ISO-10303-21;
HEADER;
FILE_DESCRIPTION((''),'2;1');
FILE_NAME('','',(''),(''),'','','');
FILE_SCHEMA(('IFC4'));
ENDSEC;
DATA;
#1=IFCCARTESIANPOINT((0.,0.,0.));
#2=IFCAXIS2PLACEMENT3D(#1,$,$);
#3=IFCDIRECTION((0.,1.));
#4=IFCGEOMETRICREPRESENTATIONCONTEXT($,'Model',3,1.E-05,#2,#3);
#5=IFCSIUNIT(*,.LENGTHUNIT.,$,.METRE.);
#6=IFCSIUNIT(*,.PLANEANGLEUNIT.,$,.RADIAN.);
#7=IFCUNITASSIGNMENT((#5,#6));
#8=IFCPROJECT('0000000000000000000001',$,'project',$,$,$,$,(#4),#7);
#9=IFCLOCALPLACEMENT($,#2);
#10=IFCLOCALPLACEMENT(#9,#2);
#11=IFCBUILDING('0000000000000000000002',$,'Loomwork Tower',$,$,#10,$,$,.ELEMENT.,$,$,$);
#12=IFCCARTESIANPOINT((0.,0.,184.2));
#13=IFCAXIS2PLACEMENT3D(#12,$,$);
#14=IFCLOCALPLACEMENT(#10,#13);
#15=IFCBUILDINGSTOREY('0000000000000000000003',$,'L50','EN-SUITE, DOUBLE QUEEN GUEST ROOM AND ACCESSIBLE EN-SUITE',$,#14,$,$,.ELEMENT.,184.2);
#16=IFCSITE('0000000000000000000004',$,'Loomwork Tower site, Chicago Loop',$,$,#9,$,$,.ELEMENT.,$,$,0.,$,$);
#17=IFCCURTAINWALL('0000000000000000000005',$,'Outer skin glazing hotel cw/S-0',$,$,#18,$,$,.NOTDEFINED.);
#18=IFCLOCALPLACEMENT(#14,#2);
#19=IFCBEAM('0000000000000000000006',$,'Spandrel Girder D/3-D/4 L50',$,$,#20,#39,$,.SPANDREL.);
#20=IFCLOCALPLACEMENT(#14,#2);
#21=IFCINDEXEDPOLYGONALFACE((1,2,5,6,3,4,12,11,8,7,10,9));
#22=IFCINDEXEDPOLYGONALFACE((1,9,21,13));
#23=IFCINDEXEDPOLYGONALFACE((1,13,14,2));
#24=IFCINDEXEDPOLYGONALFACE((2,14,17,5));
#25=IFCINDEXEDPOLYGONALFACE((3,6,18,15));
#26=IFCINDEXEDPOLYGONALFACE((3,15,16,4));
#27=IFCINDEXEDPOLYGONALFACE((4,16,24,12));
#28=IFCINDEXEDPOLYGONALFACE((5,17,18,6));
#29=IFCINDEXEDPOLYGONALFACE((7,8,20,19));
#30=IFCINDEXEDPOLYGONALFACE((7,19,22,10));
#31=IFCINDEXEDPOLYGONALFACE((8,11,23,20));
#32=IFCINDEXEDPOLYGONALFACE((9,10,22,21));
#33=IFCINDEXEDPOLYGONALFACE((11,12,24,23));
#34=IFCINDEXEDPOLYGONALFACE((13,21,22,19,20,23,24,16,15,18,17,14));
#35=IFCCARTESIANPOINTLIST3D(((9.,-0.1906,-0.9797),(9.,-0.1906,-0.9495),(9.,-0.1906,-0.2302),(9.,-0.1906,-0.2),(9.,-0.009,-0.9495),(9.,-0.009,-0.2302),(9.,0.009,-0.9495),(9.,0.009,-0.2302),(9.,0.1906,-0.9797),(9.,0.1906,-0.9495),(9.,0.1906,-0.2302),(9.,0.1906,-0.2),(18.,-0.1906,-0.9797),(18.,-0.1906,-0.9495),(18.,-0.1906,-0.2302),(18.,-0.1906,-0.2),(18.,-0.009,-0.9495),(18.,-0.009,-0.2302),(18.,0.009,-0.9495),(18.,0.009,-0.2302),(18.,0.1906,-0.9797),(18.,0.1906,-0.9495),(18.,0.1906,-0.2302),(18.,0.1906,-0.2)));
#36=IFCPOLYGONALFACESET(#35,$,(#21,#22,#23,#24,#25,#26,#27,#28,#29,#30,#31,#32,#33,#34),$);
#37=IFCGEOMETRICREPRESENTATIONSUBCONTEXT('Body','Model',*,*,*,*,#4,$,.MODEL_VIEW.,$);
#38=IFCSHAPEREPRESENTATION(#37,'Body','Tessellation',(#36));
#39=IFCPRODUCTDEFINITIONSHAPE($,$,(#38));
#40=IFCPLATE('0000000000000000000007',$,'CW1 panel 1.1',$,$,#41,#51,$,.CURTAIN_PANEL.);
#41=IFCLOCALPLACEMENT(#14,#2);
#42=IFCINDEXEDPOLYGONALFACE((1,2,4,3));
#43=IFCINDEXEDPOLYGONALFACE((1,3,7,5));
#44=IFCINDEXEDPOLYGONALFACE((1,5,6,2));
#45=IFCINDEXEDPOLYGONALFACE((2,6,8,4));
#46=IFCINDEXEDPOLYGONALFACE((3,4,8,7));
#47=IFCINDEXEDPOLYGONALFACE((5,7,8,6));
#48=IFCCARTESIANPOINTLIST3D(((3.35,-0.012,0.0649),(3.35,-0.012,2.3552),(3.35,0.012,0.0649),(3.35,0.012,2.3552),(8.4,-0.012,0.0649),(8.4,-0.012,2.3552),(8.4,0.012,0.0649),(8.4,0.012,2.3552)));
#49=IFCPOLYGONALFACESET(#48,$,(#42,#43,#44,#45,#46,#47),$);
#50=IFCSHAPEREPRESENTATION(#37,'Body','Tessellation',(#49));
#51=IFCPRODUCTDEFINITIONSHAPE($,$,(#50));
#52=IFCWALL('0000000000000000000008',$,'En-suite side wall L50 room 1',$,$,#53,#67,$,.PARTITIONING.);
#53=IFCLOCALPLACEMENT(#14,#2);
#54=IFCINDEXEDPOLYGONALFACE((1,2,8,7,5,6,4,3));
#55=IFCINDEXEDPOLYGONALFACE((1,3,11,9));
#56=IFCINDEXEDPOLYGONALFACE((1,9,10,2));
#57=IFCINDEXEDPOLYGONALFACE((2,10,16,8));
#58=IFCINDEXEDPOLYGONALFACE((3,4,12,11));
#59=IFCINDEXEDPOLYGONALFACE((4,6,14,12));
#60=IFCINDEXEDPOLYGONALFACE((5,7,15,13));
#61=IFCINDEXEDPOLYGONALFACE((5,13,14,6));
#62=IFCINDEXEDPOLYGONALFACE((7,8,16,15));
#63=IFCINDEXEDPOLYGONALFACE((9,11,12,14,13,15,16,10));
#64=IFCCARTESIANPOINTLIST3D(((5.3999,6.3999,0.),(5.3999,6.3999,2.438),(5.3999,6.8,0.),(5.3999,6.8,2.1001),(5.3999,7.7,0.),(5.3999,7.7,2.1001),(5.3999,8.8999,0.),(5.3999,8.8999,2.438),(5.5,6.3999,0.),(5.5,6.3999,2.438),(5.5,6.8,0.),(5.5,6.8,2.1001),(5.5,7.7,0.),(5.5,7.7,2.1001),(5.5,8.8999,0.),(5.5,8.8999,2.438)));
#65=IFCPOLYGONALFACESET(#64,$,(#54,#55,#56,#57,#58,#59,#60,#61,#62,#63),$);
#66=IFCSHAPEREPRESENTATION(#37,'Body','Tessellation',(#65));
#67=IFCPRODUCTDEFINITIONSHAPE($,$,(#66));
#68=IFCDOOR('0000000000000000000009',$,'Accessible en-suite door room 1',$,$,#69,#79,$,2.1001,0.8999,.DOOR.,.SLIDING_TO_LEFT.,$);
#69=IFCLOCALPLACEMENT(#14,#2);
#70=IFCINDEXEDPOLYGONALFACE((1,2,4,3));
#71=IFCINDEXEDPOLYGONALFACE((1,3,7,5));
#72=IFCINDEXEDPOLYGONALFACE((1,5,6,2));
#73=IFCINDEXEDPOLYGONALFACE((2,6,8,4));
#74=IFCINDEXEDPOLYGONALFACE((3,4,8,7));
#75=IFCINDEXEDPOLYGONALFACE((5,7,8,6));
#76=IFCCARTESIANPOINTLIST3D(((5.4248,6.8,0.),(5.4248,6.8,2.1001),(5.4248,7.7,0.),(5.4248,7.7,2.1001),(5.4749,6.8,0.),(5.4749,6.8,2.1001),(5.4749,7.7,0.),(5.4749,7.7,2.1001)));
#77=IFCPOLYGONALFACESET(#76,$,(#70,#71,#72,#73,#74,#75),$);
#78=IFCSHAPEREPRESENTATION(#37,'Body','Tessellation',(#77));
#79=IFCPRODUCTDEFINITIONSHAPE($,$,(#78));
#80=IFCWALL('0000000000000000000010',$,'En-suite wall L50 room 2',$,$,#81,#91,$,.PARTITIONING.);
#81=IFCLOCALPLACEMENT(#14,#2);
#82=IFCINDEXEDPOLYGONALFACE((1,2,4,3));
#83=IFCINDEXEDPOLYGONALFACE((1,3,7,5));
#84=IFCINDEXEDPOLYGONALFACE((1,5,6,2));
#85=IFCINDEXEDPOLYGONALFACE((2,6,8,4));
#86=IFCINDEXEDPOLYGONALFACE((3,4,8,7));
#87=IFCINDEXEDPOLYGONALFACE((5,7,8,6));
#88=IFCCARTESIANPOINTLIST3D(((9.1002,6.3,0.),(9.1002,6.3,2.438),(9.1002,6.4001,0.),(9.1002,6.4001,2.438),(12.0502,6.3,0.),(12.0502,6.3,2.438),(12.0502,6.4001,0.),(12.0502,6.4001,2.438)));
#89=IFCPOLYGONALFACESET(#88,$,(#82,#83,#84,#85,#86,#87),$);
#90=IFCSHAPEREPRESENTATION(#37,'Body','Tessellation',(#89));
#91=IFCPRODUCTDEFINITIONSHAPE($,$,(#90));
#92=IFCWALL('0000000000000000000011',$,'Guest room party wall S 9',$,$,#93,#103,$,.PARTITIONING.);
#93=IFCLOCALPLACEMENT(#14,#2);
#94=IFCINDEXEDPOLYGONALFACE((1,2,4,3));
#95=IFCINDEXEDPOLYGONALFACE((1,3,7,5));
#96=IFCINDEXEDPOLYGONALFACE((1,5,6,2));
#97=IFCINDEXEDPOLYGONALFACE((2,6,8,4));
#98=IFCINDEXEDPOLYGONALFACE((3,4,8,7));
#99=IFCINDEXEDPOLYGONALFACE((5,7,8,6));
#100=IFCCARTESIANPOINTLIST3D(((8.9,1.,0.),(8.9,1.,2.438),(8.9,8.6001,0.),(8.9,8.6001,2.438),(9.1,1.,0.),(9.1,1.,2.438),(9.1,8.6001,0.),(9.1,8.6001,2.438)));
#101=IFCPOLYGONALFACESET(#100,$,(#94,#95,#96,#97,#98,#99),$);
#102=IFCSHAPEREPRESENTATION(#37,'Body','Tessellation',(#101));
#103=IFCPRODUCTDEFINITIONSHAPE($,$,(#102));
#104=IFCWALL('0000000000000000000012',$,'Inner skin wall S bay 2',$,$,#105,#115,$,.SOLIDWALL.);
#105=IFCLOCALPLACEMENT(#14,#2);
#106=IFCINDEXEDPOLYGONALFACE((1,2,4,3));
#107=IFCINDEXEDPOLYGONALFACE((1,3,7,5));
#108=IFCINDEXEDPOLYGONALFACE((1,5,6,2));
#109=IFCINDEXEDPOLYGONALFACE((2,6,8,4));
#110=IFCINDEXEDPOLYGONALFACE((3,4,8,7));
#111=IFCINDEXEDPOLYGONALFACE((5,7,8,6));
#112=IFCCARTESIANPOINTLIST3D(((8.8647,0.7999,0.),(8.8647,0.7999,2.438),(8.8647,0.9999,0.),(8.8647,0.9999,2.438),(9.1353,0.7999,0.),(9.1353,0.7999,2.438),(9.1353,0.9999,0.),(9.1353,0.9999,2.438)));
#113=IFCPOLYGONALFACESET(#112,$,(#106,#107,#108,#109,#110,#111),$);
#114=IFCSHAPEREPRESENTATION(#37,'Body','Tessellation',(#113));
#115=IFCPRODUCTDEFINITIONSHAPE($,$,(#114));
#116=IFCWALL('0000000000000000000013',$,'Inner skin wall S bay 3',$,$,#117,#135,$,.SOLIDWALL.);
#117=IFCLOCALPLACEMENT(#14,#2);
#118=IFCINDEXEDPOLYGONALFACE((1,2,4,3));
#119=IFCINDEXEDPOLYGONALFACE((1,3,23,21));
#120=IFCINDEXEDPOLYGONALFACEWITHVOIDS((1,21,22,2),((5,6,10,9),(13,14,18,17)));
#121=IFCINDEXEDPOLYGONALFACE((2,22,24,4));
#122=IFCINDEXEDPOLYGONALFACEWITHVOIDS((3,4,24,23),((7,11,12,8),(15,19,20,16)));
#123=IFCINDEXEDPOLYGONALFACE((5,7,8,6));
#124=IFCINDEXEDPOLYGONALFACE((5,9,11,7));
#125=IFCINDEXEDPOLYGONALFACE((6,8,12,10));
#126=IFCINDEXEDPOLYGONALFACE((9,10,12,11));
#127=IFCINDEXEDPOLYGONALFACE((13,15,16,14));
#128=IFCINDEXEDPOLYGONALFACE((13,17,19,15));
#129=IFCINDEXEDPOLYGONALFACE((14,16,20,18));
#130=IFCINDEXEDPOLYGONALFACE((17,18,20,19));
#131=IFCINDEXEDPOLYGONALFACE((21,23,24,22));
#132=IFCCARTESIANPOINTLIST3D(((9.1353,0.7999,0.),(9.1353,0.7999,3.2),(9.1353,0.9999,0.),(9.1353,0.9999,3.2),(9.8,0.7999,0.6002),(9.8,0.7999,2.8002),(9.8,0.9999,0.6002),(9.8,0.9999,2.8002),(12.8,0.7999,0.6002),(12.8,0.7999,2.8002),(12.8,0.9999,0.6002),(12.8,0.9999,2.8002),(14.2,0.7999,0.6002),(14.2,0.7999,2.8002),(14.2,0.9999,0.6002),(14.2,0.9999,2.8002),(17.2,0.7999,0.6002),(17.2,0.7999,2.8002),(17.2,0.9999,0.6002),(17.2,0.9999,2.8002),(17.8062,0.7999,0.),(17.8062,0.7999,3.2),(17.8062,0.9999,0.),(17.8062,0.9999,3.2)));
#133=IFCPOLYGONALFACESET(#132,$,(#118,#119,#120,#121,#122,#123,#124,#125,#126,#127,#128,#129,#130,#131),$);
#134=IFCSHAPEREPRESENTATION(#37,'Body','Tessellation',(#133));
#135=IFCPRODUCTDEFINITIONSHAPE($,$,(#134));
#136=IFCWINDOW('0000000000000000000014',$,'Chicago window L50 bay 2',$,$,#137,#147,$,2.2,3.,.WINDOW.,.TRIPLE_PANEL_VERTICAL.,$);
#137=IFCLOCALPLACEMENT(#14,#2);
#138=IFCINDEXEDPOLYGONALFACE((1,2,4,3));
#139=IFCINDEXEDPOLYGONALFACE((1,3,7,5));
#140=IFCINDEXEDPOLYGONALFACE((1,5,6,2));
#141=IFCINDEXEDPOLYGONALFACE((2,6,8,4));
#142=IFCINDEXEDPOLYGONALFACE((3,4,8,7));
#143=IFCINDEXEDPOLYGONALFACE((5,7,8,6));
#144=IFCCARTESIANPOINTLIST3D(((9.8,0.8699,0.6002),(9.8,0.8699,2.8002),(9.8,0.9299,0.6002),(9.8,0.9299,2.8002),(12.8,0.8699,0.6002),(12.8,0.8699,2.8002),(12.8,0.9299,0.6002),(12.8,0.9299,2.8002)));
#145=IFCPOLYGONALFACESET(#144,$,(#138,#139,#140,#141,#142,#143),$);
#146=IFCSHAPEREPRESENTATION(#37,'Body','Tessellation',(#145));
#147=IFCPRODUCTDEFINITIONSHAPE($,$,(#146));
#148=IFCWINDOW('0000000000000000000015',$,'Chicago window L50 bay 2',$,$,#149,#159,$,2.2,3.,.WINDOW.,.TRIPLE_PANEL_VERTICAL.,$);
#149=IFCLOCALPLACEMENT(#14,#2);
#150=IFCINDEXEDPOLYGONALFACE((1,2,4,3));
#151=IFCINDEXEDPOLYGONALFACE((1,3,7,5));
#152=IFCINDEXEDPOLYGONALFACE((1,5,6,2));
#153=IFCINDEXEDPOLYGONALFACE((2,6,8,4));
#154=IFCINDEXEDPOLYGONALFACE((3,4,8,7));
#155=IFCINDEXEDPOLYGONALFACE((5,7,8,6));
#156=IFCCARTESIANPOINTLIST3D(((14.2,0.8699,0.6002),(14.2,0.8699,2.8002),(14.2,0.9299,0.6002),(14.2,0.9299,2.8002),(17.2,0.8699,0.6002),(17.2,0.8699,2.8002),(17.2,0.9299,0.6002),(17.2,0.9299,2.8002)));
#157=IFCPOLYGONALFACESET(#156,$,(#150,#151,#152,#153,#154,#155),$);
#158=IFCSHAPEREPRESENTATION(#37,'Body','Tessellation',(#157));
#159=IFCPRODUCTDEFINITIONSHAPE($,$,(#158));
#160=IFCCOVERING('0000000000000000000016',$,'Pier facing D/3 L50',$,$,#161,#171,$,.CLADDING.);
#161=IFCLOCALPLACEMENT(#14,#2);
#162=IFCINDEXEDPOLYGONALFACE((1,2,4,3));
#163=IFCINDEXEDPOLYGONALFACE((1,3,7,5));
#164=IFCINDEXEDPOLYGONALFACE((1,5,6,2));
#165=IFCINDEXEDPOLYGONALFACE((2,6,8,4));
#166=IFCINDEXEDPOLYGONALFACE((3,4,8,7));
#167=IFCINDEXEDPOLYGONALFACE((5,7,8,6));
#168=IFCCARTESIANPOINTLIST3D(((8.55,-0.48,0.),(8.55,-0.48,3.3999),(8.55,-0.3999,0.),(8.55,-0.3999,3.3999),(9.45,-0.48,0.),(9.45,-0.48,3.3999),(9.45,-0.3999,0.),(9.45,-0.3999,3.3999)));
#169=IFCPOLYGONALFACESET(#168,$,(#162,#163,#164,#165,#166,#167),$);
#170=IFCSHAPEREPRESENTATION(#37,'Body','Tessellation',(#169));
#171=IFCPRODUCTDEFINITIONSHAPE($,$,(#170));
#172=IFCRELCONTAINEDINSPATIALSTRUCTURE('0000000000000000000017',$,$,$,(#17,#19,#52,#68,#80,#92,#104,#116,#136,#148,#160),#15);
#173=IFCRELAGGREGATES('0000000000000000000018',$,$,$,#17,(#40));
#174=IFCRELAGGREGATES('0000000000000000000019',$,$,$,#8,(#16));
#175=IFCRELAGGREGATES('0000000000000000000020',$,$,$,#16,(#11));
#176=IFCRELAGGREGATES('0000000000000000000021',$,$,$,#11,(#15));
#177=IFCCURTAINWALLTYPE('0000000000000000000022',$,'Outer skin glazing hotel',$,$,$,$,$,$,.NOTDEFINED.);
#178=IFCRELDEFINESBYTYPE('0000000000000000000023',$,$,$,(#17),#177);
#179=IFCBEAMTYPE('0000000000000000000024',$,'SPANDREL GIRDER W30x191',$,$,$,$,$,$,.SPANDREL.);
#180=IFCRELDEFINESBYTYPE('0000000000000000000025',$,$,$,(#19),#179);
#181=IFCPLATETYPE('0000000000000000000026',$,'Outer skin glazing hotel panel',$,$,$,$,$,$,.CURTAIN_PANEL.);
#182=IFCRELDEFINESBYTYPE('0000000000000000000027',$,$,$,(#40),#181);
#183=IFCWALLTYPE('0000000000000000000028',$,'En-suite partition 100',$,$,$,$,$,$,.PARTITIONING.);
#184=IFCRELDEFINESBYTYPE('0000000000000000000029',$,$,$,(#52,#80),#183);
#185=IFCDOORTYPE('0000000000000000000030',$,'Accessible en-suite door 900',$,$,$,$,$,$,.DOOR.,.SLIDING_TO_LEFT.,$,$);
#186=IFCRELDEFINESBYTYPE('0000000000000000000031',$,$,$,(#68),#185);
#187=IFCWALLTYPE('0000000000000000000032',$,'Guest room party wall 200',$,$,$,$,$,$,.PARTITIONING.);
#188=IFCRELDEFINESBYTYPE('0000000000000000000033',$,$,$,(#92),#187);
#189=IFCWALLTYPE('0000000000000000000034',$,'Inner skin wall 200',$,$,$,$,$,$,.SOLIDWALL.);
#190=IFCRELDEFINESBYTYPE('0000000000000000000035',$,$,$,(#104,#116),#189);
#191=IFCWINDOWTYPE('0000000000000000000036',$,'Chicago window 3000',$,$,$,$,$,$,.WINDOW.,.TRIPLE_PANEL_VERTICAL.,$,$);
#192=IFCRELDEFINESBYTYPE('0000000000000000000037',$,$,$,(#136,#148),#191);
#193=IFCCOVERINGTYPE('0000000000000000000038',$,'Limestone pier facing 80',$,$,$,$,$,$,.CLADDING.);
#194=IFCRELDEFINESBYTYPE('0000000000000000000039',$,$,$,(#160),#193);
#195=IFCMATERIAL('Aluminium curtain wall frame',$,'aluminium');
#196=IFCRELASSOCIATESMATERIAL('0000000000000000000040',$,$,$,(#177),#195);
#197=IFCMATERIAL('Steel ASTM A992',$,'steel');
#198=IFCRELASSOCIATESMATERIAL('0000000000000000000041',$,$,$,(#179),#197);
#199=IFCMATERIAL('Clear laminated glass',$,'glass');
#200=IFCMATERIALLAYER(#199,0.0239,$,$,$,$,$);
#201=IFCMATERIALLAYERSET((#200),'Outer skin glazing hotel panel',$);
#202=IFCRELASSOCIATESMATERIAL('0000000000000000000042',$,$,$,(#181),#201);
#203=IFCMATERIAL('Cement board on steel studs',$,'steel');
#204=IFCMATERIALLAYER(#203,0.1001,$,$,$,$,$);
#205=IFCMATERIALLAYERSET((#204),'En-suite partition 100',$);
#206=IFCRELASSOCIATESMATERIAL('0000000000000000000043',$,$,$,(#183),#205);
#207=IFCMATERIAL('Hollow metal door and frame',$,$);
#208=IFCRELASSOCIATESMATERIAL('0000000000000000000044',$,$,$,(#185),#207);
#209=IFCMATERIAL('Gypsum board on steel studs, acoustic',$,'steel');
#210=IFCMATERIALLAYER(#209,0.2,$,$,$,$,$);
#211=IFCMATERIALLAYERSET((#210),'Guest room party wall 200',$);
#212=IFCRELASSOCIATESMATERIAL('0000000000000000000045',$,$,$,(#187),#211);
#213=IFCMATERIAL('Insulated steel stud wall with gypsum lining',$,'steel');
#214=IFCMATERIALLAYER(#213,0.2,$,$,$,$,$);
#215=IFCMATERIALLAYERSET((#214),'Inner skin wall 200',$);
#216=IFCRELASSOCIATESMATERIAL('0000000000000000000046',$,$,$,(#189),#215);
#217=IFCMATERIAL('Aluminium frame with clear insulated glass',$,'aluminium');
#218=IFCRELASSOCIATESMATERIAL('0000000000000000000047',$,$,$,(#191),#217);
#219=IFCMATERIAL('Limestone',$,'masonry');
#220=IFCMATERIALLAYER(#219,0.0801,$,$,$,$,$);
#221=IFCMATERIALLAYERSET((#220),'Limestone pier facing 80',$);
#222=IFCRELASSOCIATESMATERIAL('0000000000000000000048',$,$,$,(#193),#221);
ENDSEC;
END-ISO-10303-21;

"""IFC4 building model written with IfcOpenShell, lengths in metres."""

from ifc_helpers import new_model, si_unit, direction, frame, frame_2d, origin, origin_2d, place, context, subcontext, project, spatial, rectangle, i_section, extrude, material, layer, layer_set, material_profile, profile_set, type_object, element, fill, aggregate, save


model = new_model("IFC4")

# Units and contexts
model_context = context("Model", 3, precision=1e-05, world=origin(), true_north=direction((0.0, 1.0)))
body_context = subcontext(model_context, "Body", "Model", "MODEL_VIEW")
ifc_project = project(units=[si_unit("LENGTHUNIT", "METRE"), si_unit("PLANEANGLEUNIT", "RADIAN")], contexts=[model_context])

# Site, building, storey
site_placement = place(None, origin())
site = spatial("IfcSite", under=ifc_project, at=site_placement, Name="Loomwork Tower site, Chicago Loop", CompositionType="ELEMENT", RefElevation=0.0)
building_placement = place(site_placement, origin())
building = spatial("IfcBuilding", under=site, at=building_placement, Name="Loomwork Tower", CompositionType="ELEMENT")
storey_placement = place(building_placement, frame((0.0, 0.0, 184.2)))
storey = spatial("IfcBuildingStorey", under=building, at=storey_placement, Name="L50", Description="EN-SUITE, DOUBLE QUEEN GUEST ROOM AND ACCESSIBLE EN-SUITE", CompositionType="ELEMENT", Elevation=184.2)

# Curtain wall
ifc_material_1 = material(Name="Aluminium curtain wall frame", Category="aluminium")
curtain_wall_type = type_object("IfcCurtainWallType", Name="Outer skin glazing hotel", PredefinedType="NOTDEFINED", material=ifc_material_1)
curtain_wall_1_placement = place(storey_placement, origin())
curtain_wall_1 = element("IfcCurtainWall", 1, at=curtain_wall_1_placement, inside=storey, type_object=curtain_wall_type, Name="Outer skin glazing hotel cw/S-0", PredefinedType="NOTDEFINED")

# Beam
ifc_material_2 = material(Name="Steel ASTM A992", Category="steel")
ifc_material_profile_1 = material_profile(ifc_material_2, i_section(OverallWidth=0.3811, OverallDepth=0.7798, WebThickness=0.0181, FlangeThickness=0.0303, at=origin_2d()), Name="W30x191")
ifc_profile_set_1 = profile_set([ifc_material_profile_1], Name="Steel ASTM A992")
beam_type_1 = type_object("IfcBeamType", Name="SPANDREL GIRDER W30x191", PredefinedType="SPANDREL", material=ifc_profile_set_1)
beam_1_placement = place(storey_placement, frame((9.0, 0.0, -0.5898), z_axis=(1.0, 0.0, 0.0), x_axis=(0.0, 1.0, 0.0)))
element("IfcBeam", 2, at=beam_1_placement, inside=storey, type_object=beam_type_1, Name="Spandrel Girder D/3-D/4 L50", PredefinedType="SPANDREL", context=body_context, shape_type="SweptSolid", body=[
    extrude(i_section(OverallWidth=0.3811, OverallDepth=0.7798, WebThickness=0.0181, FlangeThickness=0.0303, at=origin_2d()), origin(), (0.0, 0.0, 1.0), 9.0),
])

# Plate
ifc_material_3 = material(Name="Clear laminated glass", Category="glass")
ifc_layer_1 = layer(ifc_material_3, 0.0239)
ifc_layer_set_1 = layer_set([ifc_layer_1], Name="Outer skin glazing hotel panel")
plate_type = type_object("IfcPlateType", Name="Outer skin glazing hotel panel", PredefinedType="CURTAIN_PANEL", material=ifc_layer_set_1)
plate_placement = place(storey_placement, frame((5.875, 0.0, 0.0649), z_axis=(0.0, 0.0, 1.0), x_axis=(1.0, 0.0, 0.0)))
plate = element("IfcPlate", 3, at=plate_placement, type_object=plate_type, Name="CW1 panel 1.1", PredefinedType="CURTAIN_PANEL", context=body_context, shape_type="SweptSolid", body=[
    extrude(rectangle(XDim=5.05, YDim=0.0239, at=origin_2d()), origin(), (0.0, 0.0, 1.0), 2.2903),
])
aggregate(curtain_wall_1, [plate])

# Wall, opening, door
ifc_material_4 = material(Name="Cement board on steel studs", Category="steel")
ifc_layer_2 = layer(ifc_material_4, 0.1001)
ifc_layer_set_2 = layer_set([ifc_layer_2], Name="En-suite partition 100")
wall_type_1 = type_object("IfcWallType", Name="En-suite partition 100", PredefinedType="PARTITIONING", material=ifc_layer_set_2)
wall_1_placement = place(storey_placement, frame((5.45, 8.8999, 0.0), z_axis=(0.0, 0.0, 1.0), x_axis=(0.0, -1.0, 0.0)))
wall_1 = element("IfcWall", 4, at=wall_1_placement, inside=storey, type_object=wall_type_1, Name="En-suite side wall L50 room 1", PredefinedType="PARTITIONING", context=body_context, shape_type="SweptSolid", body=[
    extrude(rectangle(XDim=2.5, YDim=0.1001, at=frame_2d((1.25, 0.0))), origin(), (0.0, 0.0, 1.0), 2.438),
])
opening_1_placement = place(wall_1_placement, frame((1.2, 0.0, 0.0)))
opening_1 = element("IfcOpeningElement", 5, at=opening_1_placement, cuts=wall_1, PredefinedType="OPENING", context=body_context, shape_type="SweptSolid", body=[
    extrude(rectangle(XDim=0.8999, YDim=2.1001, at=frame_2d((0.45, 1.05))), frame((0.0, 0.0601, 0.0), z_axis=(0.0, -1.0, 0.0), x_axis=(1.0, 0.0, 0.0)), (0.0, 0.0, 1.0), 0.1201),
])
ifc_material_5 = material(Name="Hollow metal door and frame")
door_type = type_object("IfcDoorType", Name="Accessible en-suite door 900", OperationType="SLIDING_TO_LEFT", PredefinedType="DOOR", material=ifc_material_5)
door_placement = place(opening_1_placement, origin())
door = element("IfcDoor", 6, at=door_placement, inside=storey, type_object=door_type, Name="Accessible en-suite door room 1", OperationType="SLIDING_TO_LEFT", OverallHeight=2.1001, OverallWidth=0.8999, PredefinedType="DOOR", context=body_context, shape_type="SweptSolid", body=[
    extrude(rectangle(XDim=0.8999, YDim=2.1001, at=frame_2d((0.45, 1.05))), frame((0.0, 0.0249, 0.0), z_axis=(0.0, -1.0, 0.0), x_axis=(1.0, 0.0, 0.0)), (0.0, 0.0, 1.0), 0.05),
])
fill(opening_1, door)

# Walls
wall_2_placement = place(storey_placement, frame((9.1001, 6.3501, 0.0), z_axis=(0.0, 0.0, 1.0), x_axis=(1.0, 0.0, 0.0)))
element("IfcWall", 7, at=wall_2_placement, inside=storey, type_object=wall_type_1, Name="En-suite wall L50 room 2", PredefinedType="PARTITIONING", context=body_context, shape_type="SweptSolid", body=[
    extrude(rectangle(XDim=2.95, YDim=0.1001, at=frame_2d((1.4751, 0.0))), origin(), (0.0, 0.0, 1.0), 2.438),
])
ifc_material_6 = material(Name="Gypsum board on steel studs, acoustic", Category="steel")
ifc_layer_3 = layer(ifc_material_6, 0.2)
ifc_layer_set_3 = layer_set([ifc_layer_3], Name="Guest room party wall 200")
wall_type_2 = type_object("IfcWallType", Name="Guest room party wall 200", PredefinedType="PARTITIONING", material=ifc_layer_set_3)
wall_3_placement = place(storey_placement, frame((9.0, 8.6001, 0.0), z_axis=(0.0, 0.0, 1.0), x_axis=(0.0, -1.0, 0.0)))
element("IfcWall", 8, at=wall_3_placement, inside=storey, type_object=wall_type_2, Name="Guest room party wall S 9", PredefinedType="PARTITIONING", context=body_context, shape_type="SweptSolid", body=[
    extrude(rectangle(XDim=7.6001, YDim=0.2, at=frame_2d((3.8, 0.0))), origin(), (0.0, 0.0, 1.0), 2.438),
])
ifc_material_7 = material(Name="Insulated steel stud wall with gypsum lining", Category="steel")
ifc_layer_4 = layer(ifc_material_7, 0.2)
ifc_layer_set_4 = layer_set([ifc_layer_4], Name="Inner skin wall 200")
wall_type_3 = type_object("IfcWallType", Name="Inner skin wall 200", PredefinedType="SOLIDWALL", material=ifc_layer_set_4)
wall_4_placement = place(storey_placement, frame((8.8647, 0.8999, 0.0), z_axis=(0.0, 0.0, 1.0), x_axis=(1.0, 0.0, 0.0)))
element("IfcWall", 9, at=wall_4_placement, inside=storey, type_object=wall_type_3, Name="Inner skin wall S bay 2", PredefinedType="SOLIDWALL", context=body_context, shape_type="SweptSolid", body=[
    extrude(rectangle(XDim=0.2705, YDim=0.2, at=frame_2d((0.1353, 0.0))), origin(), (0.0, 0.0, 1.0), 2.438),
])

# Wall, openings, windows
wall_5_placement = place(storey_placement, frame((9.1353, 0.8999, 0.0), z_axis=(0.0, 0.0, 1.0), x_axis=(1.0, 0.0, 0.0)))
wall_5 = element("IfcWall", 10, at=wall_5_placement, inside=storey, type_object=wall_type_3, Name="Inner skin wall S bay 3", PredefinedType="SOLIDWALL", context=body_context, shape_type="SweptSolid", body=[
    extrude(rectangle(XDim=8.6709, YDim=0.2, at=frame_2d((4.3354, 0.0))), origin(), (0.0, 0.0, 1.0), 3.2),
])
opening_2_placement = place(wall_5_placement, frame((0.6648, 0.0, 0.6001)))
opening_2 = element("IfcOpeningElement", 11, at=opening_2_placement, cuts=wall_5, PredefinedType="OPENING", context=body_context, shape_type="SweptSolid", body=[
    extrude(rectangle(XDim=3.0, YDim=2.2, at=frame_2d((1.5, 1.1001))), frame((0.0, 0.1099, 0.0), z_axis=(0.0, -1.0, 0.0), x_axis=(1.0, 0.0, 0.0)), (0.0, 0.0, 1.0), 0.22),
])
opening_3_placement = place(wall_5_placement, frame((5.0647, 0.0, 0.6001)))
opening_3 = element("IfcOpeningElement", 12, at=opening_3_placement, cuts=wall_5, PredefinedType="OPENING", context=body_context, shape_type="SweptSolid", body=[
    extrude(rectangle(XDim=3.0, YDim=2.2, at=frame_2d((1.5, 1.1001))), frame((0.0, 0.1099, 0.0), z_axis=(0.0, -1.0, 0.0), x_axis=(1.0, 0.0, 0.0)), (0.0, 0.0, 1.0), 0.22),
])
ifc_material_8 = material(Name="Aluminium frame with clear insulated glass", Category="aluminium")
window_type = type_object("IfcWindowType", Name="Chicago window 3000", PartitioningType="TRIPLE_PANEL_VERTICAL", PredefinedType="WINDOW", material=ifc_material_8)
window_1_placement = place(opening_2_placement, origin())
window_1 = element("IfcWindow", 13, at=window_1_placement, inside=storey, type_object=window_type, Name="Chicago window L50 bay 2", OverallHeight=2.2, OverallWidth=3.0, PartitioningType="TRIPLE_PANEL_VERTICAL", PredefinedType="WINDOW", context=body_context, shape_type="SweptSolid", body=[
    extrude(rectangle(XDim=3.0, YDim=2.2, at=frame_2d((1.5, 1.1001))), frame((0.0, 0.03, 0.0), z_axis=(0.0, -1.0, 0.0), x_axis=(1.0, 0.0, 0.0)), (0.0, 0.0, 1.0), 0.0601),
])
fill(opening_2, window_1)
window_2_placement = place(opening_3_placement, origin())
window_2 = element("IfcWindow", 14, at=window_2_placement, inside=storey, type_object=window_type, Name="Chicago window L50 bay 2", OverallHeight=2.2, OverallWidth=3.0, PartitioningType="TRIPLE_PANEL_VERTICAL", PredefinedType="WINDOW", context=body_context, shape_type="SweptSolid", body=[
    extrude(rectangle(XDim=3.0, YDim=2.2, at=frame_2d((1.5, 1.1001))), frame((0.0, 0.03, 0.0), z_axis=(0.0, -1.0, 0.0), x_axis=(1.0, 0.0, 0.0)), (0.0, 0.0, 1.0), 0.0601),
])
fill(opening_3, window_2)

# Covering
ifc_material_9 = material(Name="Limestone", Category="masonry")
ifc_layer_5 = layer(ifc_material_9, 0.0801)
ifc_layer_set_5 = layer_set([ifc_layer_5], Name="Limestone pier facing 80")
covering_type = type_object("IfcCoveringType", Name="Limestone pier facing 80", PredefinedType="CLADDING", material=ifc_layer_set_5)
covering_placement = place(storey_placement, frame((9.0, -0.4399, 0.0), z_axis=(0.0, 0.0, 1.0), x_axis=(1.0, 0.0, 0.0)))
element("IfcCovering", 15, at=covering_placement, inside=storey, type_object=covering_type, Name="Pier facing D/3 L50", PredefinedType="CLADDING", context=body_context, shape_type="SweptSolid", body=[
    extrude(rectangle(XDim=0.8999, YDim=0.0801, at=origin_2d()), origin(), (0.0, 0.0, 1.0), 3.3999),
])

save(model, "model.ifc")
